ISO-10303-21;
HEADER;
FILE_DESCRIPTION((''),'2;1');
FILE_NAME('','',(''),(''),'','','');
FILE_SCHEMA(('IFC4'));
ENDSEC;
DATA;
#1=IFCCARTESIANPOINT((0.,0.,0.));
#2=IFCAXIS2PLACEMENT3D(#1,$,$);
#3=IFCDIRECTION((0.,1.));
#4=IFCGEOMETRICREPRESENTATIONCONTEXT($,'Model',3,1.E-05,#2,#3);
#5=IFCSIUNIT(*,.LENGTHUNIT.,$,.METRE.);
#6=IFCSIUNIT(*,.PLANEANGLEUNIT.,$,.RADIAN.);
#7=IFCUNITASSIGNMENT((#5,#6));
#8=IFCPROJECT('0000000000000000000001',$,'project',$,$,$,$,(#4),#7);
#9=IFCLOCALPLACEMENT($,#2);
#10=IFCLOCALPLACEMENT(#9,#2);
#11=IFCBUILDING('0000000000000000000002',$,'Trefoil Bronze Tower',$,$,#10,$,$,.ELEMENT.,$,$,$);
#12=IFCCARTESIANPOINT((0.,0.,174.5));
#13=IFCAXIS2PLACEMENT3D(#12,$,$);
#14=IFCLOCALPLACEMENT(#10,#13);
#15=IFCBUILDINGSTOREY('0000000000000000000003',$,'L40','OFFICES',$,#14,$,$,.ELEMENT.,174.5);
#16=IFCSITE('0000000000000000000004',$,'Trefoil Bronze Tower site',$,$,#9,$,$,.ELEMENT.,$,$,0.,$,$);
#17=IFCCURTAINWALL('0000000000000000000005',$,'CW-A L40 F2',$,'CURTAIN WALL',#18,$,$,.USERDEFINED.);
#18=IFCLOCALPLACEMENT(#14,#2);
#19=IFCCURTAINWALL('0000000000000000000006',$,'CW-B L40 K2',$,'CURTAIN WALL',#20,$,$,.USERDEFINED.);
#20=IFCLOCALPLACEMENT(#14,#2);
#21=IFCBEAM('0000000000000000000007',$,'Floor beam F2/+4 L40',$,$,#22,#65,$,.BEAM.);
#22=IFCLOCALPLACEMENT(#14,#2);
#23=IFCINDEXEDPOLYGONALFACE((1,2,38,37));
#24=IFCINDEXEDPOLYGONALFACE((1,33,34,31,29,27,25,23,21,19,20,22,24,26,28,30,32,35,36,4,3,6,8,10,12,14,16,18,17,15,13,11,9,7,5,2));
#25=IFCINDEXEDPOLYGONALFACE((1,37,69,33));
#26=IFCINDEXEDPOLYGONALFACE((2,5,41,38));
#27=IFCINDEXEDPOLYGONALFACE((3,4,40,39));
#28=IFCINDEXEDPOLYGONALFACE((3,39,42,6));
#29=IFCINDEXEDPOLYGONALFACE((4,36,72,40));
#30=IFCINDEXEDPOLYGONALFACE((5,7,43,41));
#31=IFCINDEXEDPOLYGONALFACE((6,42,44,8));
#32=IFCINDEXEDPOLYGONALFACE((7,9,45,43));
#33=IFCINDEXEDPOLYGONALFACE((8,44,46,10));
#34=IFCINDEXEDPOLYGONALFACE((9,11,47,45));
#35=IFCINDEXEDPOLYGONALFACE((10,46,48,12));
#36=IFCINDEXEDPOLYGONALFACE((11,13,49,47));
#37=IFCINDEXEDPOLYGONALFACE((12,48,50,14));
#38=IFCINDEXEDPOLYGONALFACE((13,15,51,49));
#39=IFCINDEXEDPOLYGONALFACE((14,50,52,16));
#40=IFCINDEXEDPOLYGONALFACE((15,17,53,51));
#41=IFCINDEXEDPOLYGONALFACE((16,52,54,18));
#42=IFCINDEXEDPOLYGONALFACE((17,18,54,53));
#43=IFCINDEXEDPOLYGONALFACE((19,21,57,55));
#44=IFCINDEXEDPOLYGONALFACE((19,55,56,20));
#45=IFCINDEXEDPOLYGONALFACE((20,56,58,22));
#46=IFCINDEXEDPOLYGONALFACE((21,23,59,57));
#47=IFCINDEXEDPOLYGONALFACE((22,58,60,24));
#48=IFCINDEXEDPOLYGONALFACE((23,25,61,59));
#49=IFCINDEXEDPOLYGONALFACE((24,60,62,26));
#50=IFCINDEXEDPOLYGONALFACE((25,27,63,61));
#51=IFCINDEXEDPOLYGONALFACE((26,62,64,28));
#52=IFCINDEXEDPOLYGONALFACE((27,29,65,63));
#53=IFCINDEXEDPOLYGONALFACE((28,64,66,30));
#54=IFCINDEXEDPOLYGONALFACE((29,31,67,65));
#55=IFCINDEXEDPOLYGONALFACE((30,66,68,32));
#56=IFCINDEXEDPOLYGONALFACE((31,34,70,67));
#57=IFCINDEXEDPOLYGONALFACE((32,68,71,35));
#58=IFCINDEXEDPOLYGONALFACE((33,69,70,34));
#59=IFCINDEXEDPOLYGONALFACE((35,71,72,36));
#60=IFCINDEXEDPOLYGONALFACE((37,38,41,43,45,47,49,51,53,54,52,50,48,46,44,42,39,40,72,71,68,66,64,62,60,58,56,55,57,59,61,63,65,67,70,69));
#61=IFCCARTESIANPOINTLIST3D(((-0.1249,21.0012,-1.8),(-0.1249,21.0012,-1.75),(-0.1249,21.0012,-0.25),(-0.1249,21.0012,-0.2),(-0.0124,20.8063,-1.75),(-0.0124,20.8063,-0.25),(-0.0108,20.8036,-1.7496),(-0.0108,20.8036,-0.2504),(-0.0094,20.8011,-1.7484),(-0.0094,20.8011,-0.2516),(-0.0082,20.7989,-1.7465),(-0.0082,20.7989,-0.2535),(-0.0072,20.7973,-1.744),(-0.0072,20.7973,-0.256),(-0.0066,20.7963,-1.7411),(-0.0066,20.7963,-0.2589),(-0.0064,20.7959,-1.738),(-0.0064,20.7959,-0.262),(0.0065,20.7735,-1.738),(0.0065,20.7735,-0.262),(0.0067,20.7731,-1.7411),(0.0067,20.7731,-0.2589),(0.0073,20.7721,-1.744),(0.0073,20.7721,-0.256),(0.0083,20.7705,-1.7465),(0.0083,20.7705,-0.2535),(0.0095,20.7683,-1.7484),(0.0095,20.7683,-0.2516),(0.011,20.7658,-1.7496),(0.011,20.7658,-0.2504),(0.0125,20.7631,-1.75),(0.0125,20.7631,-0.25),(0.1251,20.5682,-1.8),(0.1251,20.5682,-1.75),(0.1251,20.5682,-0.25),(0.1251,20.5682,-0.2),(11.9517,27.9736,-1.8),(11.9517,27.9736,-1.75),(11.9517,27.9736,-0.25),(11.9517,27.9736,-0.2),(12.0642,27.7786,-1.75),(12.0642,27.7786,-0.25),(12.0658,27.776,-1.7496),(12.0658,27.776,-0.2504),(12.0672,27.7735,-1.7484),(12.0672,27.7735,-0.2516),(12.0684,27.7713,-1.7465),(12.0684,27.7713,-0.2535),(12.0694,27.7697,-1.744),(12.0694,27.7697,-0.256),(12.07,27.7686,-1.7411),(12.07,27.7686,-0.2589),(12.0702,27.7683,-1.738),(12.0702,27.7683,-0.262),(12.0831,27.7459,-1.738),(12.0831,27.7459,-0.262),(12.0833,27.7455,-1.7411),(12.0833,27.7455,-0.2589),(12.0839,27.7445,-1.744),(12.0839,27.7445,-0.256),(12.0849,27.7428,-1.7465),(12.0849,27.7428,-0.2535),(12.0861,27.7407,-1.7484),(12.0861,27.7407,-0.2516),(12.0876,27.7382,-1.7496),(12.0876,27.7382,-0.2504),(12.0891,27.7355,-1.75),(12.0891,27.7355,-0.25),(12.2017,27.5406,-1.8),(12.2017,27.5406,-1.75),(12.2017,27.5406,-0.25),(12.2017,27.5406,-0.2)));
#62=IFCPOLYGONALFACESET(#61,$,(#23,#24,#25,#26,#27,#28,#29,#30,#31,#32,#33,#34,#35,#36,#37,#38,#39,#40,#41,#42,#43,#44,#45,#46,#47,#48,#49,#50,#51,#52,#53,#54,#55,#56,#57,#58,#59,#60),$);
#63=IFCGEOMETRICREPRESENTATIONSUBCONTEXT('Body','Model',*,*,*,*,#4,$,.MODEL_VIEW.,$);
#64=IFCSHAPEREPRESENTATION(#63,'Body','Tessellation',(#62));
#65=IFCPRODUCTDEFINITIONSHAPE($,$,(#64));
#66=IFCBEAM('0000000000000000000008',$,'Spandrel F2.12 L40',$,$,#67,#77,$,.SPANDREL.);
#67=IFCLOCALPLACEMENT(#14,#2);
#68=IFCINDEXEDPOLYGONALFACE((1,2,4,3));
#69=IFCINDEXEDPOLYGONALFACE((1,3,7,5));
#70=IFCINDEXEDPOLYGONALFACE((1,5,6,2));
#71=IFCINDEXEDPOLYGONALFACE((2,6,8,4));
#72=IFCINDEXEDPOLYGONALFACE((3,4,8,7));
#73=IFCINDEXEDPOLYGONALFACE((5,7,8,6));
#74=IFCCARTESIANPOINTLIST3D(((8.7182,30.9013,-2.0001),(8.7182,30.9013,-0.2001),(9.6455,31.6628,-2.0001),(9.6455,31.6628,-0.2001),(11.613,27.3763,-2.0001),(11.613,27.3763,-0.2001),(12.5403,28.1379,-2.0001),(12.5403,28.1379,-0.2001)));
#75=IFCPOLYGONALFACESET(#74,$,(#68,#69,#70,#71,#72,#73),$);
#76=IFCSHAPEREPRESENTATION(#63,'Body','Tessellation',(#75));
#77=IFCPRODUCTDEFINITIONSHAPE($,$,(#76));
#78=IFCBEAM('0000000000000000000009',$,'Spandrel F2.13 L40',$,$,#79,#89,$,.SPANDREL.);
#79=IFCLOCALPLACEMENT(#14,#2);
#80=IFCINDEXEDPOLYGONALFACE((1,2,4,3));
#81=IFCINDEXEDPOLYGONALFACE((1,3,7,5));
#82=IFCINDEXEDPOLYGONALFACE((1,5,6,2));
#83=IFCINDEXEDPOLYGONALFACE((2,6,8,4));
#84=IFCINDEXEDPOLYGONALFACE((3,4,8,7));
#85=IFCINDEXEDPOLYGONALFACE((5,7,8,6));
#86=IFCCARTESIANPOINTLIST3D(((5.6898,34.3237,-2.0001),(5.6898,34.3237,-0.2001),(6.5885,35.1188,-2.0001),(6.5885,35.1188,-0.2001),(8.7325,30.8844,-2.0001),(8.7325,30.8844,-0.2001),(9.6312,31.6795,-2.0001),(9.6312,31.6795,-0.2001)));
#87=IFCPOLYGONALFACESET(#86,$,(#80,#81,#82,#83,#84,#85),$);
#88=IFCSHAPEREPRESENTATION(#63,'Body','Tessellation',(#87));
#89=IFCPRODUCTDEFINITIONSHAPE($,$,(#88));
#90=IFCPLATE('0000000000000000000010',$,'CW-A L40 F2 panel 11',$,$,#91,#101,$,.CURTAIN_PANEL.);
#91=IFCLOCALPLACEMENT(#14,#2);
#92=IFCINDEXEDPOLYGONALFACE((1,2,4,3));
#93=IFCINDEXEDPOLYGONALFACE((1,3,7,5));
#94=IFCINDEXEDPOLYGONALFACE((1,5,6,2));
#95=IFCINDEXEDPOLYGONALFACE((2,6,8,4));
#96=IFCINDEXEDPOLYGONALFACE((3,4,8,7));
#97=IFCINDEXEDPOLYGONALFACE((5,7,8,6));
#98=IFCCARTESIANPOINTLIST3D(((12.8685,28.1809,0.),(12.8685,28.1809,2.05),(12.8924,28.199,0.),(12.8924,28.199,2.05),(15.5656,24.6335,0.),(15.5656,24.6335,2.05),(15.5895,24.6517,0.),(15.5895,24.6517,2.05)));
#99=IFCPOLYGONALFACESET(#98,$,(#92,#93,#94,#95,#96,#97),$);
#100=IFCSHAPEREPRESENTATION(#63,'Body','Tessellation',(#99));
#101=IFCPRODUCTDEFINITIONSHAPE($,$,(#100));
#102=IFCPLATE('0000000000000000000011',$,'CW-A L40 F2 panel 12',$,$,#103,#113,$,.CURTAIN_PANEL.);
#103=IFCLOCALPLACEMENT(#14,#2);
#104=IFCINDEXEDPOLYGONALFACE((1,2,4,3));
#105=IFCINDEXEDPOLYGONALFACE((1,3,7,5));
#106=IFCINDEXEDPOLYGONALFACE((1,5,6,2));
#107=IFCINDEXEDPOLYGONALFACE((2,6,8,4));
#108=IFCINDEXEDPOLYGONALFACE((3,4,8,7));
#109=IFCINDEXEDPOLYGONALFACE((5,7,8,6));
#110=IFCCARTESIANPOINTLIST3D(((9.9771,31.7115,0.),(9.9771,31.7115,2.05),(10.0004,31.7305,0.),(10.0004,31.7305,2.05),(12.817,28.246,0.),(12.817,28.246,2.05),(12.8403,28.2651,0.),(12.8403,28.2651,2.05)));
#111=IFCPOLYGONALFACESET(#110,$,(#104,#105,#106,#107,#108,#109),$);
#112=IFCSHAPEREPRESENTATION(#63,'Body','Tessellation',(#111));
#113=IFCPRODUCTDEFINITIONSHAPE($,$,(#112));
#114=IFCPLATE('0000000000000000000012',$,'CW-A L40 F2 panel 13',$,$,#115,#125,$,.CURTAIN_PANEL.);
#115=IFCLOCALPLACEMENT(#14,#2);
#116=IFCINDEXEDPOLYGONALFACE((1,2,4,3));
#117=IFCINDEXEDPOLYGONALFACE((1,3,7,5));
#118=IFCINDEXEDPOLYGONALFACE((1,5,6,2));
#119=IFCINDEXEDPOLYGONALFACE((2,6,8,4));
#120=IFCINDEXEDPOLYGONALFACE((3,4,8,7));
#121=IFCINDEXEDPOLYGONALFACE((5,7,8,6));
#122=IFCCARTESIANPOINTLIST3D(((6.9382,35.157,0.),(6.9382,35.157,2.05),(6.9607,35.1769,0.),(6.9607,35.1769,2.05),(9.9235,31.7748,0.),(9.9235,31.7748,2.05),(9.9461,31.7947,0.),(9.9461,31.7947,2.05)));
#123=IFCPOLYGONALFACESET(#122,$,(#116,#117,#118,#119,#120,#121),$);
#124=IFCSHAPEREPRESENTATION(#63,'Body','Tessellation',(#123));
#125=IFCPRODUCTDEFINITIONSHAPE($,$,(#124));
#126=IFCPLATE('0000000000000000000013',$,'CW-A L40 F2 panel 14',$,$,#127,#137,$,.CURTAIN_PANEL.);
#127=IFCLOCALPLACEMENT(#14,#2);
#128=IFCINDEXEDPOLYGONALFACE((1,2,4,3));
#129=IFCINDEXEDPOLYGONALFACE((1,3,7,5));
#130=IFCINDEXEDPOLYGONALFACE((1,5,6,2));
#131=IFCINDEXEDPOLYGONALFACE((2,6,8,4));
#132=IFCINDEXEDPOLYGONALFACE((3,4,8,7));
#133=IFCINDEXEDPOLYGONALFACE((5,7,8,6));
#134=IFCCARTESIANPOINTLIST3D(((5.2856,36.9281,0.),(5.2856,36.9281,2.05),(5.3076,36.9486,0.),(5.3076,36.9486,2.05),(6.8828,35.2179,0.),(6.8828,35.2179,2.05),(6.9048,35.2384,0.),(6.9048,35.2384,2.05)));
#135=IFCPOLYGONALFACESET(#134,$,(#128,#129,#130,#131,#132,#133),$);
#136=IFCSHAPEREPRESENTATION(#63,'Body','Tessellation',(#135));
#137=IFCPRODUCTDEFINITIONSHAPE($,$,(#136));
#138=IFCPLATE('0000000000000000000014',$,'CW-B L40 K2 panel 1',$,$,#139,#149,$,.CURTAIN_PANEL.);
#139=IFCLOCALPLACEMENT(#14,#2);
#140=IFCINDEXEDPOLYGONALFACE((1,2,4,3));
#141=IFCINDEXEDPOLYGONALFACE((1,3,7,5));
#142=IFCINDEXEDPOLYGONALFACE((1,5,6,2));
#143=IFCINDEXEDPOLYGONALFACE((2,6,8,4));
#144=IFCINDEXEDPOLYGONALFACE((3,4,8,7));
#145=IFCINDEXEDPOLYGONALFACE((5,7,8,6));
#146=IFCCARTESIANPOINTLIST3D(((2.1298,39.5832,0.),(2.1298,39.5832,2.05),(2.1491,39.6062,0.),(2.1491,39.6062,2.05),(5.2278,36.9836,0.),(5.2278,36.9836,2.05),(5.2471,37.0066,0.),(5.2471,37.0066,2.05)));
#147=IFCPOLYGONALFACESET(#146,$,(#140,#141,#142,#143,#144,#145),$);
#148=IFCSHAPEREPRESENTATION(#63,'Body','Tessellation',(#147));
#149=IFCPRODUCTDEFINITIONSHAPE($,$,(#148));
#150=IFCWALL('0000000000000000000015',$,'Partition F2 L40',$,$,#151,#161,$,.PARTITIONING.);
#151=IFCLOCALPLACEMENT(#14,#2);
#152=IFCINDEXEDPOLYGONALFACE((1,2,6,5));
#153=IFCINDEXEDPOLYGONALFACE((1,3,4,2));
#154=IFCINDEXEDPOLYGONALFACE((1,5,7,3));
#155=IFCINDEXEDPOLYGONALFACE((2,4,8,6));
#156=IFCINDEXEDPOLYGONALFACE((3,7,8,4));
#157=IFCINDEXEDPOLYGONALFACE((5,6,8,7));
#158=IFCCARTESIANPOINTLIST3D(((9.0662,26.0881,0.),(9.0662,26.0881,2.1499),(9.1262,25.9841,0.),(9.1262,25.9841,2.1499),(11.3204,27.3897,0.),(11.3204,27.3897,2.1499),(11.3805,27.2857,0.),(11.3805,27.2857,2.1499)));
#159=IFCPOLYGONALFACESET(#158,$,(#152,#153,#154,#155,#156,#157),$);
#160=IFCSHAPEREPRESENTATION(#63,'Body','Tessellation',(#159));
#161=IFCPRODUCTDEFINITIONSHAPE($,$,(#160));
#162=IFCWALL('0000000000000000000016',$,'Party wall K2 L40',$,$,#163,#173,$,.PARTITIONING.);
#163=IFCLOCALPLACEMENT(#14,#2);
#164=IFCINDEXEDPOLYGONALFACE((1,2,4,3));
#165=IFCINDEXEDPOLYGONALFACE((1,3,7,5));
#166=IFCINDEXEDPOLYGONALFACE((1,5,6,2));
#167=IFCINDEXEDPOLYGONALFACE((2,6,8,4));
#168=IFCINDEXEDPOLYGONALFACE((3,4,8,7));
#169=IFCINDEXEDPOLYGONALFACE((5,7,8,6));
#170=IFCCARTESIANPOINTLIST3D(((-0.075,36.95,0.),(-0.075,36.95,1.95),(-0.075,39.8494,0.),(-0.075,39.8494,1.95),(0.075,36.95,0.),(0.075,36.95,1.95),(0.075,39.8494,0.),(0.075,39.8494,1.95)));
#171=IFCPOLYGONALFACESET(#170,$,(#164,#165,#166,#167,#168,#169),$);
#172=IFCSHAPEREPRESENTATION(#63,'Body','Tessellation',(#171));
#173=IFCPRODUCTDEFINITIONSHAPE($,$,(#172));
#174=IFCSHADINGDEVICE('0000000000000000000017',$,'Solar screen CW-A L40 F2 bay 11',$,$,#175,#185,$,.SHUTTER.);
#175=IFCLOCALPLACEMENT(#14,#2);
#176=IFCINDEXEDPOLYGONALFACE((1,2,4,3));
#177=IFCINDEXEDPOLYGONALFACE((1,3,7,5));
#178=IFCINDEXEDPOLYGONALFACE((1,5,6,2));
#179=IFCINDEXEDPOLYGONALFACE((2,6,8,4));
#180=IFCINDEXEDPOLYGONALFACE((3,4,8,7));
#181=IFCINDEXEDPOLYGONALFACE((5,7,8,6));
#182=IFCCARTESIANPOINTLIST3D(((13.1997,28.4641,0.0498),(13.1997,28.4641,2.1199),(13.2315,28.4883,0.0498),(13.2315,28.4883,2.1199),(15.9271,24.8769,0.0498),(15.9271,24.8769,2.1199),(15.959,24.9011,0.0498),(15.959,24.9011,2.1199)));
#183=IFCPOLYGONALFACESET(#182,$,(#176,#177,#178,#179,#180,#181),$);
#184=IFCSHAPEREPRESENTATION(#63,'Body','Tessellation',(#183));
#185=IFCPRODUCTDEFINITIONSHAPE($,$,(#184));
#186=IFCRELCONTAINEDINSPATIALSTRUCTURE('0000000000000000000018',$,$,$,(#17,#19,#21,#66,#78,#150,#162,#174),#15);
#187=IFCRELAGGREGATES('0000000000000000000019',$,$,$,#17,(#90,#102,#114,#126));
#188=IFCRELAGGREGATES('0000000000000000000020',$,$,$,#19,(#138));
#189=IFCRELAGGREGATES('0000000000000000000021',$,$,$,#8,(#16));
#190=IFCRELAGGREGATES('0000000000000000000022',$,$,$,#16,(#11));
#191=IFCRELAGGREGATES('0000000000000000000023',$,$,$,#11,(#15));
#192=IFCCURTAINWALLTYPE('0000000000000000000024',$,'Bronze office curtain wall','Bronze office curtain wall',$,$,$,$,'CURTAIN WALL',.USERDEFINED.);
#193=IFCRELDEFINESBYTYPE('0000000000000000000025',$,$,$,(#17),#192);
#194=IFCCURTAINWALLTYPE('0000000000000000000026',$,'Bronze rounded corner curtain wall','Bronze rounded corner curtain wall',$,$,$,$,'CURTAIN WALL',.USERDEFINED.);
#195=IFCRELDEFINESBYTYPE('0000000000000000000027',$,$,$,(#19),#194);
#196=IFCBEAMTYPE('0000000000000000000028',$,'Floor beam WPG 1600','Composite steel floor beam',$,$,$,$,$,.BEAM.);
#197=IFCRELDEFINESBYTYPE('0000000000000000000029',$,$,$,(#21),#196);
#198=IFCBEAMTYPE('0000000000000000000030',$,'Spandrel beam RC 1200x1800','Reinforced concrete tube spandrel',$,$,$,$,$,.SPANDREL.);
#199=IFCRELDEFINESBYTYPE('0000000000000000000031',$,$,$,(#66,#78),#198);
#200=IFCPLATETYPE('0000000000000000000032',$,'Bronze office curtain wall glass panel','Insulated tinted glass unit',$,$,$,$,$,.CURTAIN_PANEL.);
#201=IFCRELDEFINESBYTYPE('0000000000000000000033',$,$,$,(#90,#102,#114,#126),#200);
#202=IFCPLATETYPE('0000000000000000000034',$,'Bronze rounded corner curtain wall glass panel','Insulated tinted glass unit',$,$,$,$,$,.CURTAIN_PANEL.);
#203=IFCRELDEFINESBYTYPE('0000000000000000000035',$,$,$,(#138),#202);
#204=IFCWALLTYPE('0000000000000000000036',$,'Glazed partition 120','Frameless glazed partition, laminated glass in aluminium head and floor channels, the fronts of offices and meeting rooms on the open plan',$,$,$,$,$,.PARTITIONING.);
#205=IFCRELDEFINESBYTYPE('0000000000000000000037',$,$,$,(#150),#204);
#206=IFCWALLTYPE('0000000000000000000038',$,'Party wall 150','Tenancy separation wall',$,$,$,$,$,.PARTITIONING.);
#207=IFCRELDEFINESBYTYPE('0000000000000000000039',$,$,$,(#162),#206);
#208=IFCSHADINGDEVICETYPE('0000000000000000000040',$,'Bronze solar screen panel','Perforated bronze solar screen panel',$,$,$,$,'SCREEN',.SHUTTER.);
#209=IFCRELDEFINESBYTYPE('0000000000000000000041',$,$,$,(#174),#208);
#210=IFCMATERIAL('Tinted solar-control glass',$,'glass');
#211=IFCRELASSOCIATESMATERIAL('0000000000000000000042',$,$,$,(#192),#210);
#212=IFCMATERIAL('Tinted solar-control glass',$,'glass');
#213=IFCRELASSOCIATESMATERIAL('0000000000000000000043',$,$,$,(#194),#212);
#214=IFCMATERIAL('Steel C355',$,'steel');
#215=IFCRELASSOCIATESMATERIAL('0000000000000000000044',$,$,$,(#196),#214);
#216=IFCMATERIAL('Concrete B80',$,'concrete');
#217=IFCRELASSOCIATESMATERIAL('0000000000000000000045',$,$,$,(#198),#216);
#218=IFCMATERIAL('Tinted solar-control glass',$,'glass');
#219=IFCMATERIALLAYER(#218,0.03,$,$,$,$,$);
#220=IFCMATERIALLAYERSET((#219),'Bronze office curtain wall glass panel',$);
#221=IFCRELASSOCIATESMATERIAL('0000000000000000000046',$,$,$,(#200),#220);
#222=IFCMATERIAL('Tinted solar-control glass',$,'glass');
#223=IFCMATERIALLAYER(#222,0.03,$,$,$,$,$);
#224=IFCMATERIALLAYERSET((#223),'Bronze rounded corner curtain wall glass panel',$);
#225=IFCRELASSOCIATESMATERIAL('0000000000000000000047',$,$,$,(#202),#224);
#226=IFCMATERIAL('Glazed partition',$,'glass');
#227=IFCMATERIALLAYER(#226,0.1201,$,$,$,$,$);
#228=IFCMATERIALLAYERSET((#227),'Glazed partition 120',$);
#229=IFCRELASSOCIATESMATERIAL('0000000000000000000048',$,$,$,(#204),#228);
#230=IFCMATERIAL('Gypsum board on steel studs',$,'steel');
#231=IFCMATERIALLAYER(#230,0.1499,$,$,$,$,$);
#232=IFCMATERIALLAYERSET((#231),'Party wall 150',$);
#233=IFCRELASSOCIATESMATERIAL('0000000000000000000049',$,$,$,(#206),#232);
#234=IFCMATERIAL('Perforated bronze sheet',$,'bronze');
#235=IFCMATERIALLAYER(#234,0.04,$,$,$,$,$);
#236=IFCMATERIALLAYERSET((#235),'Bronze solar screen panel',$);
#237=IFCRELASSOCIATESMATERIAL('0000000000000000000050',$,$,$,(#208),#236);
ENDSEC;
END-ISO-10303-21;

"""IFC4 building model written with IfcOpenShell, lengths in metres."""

from ifc_helpers import new_model, si_unit, direction, frame, frame_2d, origin, origin_2d, place, context, subcontext, project, spatial, rectangle, i_section, extrude, material, layer, layer_set, material_profile, profile_set, type_object, element, aggregate, save


model = new_model("IFC4")

# Units and contexts
model_context = context("Model", 3, precision=1e-05, world=origin(), true_north=direction((0.0, 1.0)))
body_context = subcontext(model_context, "Body", "Model", "MODEL_VIEW")
ifc_project = project(units=[si_unit("LENGTHUNIT", "METRE"), si_unit("PLANEANGLEUNIT", "RADIAN")], contexts=[model_context])

# Site, building, storey
site_placement = place(None, origin())
site = spatial("IfcSite", under=ifc_project, at=site_placement, Name="Trefoil Bronze Tower site", CompositionType="ELEMENT", RefElevation=0.0)
building_placement = place(site_placement, origin())
building = spatial("IfcBuilding", under=site, at=building_placement, Name="Trefoil Bronze Tower", CompositionType="ELEMENT")
storey_placement = place(building_placement, frame((0.0, 0.0, 174.5)))
storey = spatial("IfcBuildingStorey", under=building, at=storey_placement, Name="L40", Description="OFFICES", CompositionType="ELEMENT", Elevation=174.5)

# Curtain walls
ifc_material_1 = material(Name="Tinted solar-control glass", Category="glass")
curtain_wall_type_1 = type_object("IfcCurtainWallType", Name="Bronze office curtain wall", Description="Bronze office curtain wall", ElementType="CURTAIN WALL", PredefinedType="USERDEFINED", material=ifc_material_1)
curtain_wall_1_placement = place(storey_placement, origin())
curtain_wall_1 = element("IfcCurtainWall", 1, at=curtain_wall_1_placement, inside=storey, type_object=curtain_wall_type_1, Name="CW-A L40 F2", ObjectType="CURTAIN WALL", PredefinedType="USERDEFINED")
ifc_material_2 = material(Name="Tinted solar-control glass", Category="glass")
curtain_wall_type_2 = type_object("IfcCurtainWallType", Name="Bronze rounded corner curtain wall", Description="Bronze rounded corner curtain wall", ElementType="CURTAIN WALL", PredefinedType="USERDEFINED", material=ifc_material_2)
curtain_wall_2_placement = place(storey_placement, origin())
curtain_wall_2 = element("IfcCurtainWall", 2, at=curtain_wall_2_placement, inside=storey, type_object=curtain_wall_type_2, Name="CW-B L40 K2", ObjectType="CURTAIN WALL", PredefinedType="USERDEFINED")

# Beams
ifc_material_3 = material(Name="Steel C355", Category="steel")
ifc_material_profile_1 = material_profile(ifc_material_3, i_section(OverallWidth=0.5, OverallDepth=1.6001, WebThickness=0.0259, FlangeThickness=0.05, FilletRadius=0.012, at=origin_2d()), Name="WPG 1600")
ifc_profile_set_1 = profile_set([ifc_material_profile_1], Name="Steel C355")
beam_type_1 = type_object("IfcBeamType", Name="Floor beam WPG 1600", Description="Composite steel floor beam", PredefinedType="BEAM", material=ifc_profile_set_1)
beam_1_placement = place(storey_placement, frame((12.0767, 27.7571, -1.0), z_axis=(-0.866027, -0.499997, 0.0), x_axis=(0.499997, -0.866027, 0.0)))
element("IfcBeam", 3, at=beam_1_placement, inside=storey, type_object=beam_type_1, Name="Floor beam F2/+4 L40", PredefinedType="BEAM", context=body_context, shape_type="SweptSolid", body=[
    extrude(i_section(OverallWidth=0.5, OverallDepth=1.6001, WebThickness=0.0259, FlangeThickness=0.05, FilletRadius=0.012, at=origin_2d()), origin(), (0.0, 0.0, 1.0), 13.9448),
])
ifc_material_4 = material(Name="Concrete B80", Category="concrete")
ifc_material_profile_2 = material_profile(ifc_material_4, rectangle(XDim=1.2, YDim=1.8, at=origin_2d()), Name="RC 1200x1800")
ifc_profile_set_2 = profile_set([ifc_material_profile_2], Name="Concrete B80")
beam_type_2 = type_object("IfcBeamType", Name="Spandrel beam RC 1200x1800", Description="Reinforced concrete tube spandrel", PredefinedType="SPANDREL", material=ifc_profile_set_2)
beam_2_placement = place(storey_placement, frame((12.0767, 27.7571, -1.1001), z_axis=(-0.63465, 0.772799, 0.0), x_axis=(-0.772799, -0.63465, 0.0)))
element("IfcBeam", 4, at=beam_2_placement, inside=storey, type_object=beam_type_2, Name="Spandrel F2.12 L40", PredefinedType="SPANDREL", context=body_context, shape_type="SweptSolid", body=[
    extrude(rectangle(XDim=1.2, YDim=1.8, at=origin_2d()), origin(), (0.0, 0.0, 1.0), 4.5613),
])
beam_3_placement = place(storey_placement, frame((9.1819, 31.282, -1.1001), z_axis=(-0.662616, 0.748959, 0.0), x_axis=(-0.748959, -0.662616, 0.0)))
element("IfcBeam", 5, at=beam_3_placement, inside=storey, type_object=beam_type_2, Name="Spandrel F2.13 L40", PredefinedType="SPANDREL", context=body_context, shape_type="SweptSolid", body=[
    extrude(rectangle(XDim=1.2, YDim=1.8, at=origin_2d()), origin(), (0.0, 0.0, 1.0), 4.592),
])

# Plates
ifc_material_5 = material(Name="Tinted solar-control glass", Category="glass")
ifc_layer_1 = layer(ifc_material_5, 0.03)
ifc_layer_set_1 = layer_set([ifc_layer_1], Name="Bronze office curtain wall glass panel")
plate_type_1 = type_object("IfcPlateType", Name="Bronze office curtain wall glass panel", Description="Insulated tinted glass unit", PredefinedType="CURTAIN_PANEL", material=ifc_layer_set_1)
plate_1_placement = place(storey_placement, frame((14.229, 26.4163, 0.0), z_axis=(0.0, 0.0, 1.0), x_axis=(-0.605252, 0.796034, 0.0)))
plate_1 = element("IfcPlate", 6, at=plate_1_placement, type_object=plate_type_1, Name="CW-A L40 F2 panel 11", PredefinedType="CURTAIN_PANEL", context=body_context, shape_type="SweptSolid", body=[
    extrude(rectangle(XDim=4.4563, YDim=0.03, at=origin_2d()), origin(), (0.0, 0.0, 1.0), 2.05),
])
plate_2_placement = place(storey_placement, frame((11.4087, 29.9883, 0.0), z_axis=(0.0, 0.0, 1.0), x_axis=(-0.63384, 0.773464, 0.0)))
plate_2 = element("IfcPlate", 7, at=plate_2_placement, type_object=plate_type_1, Name="CW-A L40 F2 panel 12", PredefinedType="CURTAIN_PANEL", context=body_context, shape_type="SweptSolid", body=[
    extrude(rectangle(XDim=4.4805, YDim=0.03, at=origin_2d()), origin(), (0.0, 0.0, 1.0), 2.05),
])
plate_3_placement = place(storey_placement, frame((8.4421, 33.4758, 0.0), z_axis=(0.0, 0.0, 1.0), x_axis=(-0.661751, 0.749723, 0.0)))
plate_3 = element("IfcPlate", 8, at=plate_3_placement, type_object=plate_type_1, Name="CW-A L40 F2 panel 13", PredefinedType="CURTAIN_PANEL", context=body_context, shape_type="SweptSolid", body=[
    extrude(rectangle(XDim=4.5112, YDim=0.03, at=origin_2d()), origin(), (0.0, 0.0, 1.0), 2.05),
])
plate_4_placement = place(storey_placement, frame((6.0952, 36.0833, 0.0), z_axis=(0.0, 0.0, 1.0), x_axis=(-0.682536, 0.730852, 0.0)))
plate_4 = element("IfcPlate", 9, at=plate_4_placement, type_object=plate_type_1, Name="CW-A L40 F2 panel 14", PredefinedType="CURTAIN_PANEL", context=body_context, shape_type="SweptSolid", body=[
    extrude(rectangle(XDim=2.3401, YDim=0.03, at=origin_2d()), origin(), (0.0, 0.0, 1.0), 2.05),
])
aggregate(curtain_wall_1, [plate_1, plate_2, plate_3, plate_4])
ifc_material_6 = material(Name="Tinted solar-control glass", Category="glass")
ifc_layer_2 = layer(ifc_material_6, 0.03)
ifc_layer_set_2 = layer_set([ifc_layer_2], Name="Bronze rounded corner curtain wall glass panel")
plate_type_2 = type_object("IfcPlateType", Name="Bronze rounded corner curtain wall glass panel", Description="Insulated tinted glass unit", PredefinedType="CURTAIN_PANEL", material=ifc_layer_set_2)
plate_5_placement = place(storey_placement, frame((3.6885, 38.2949, 0.0), z_axis=(0.0, 0.0, 1.0), x_axis=(-0.766044, 0.642788, 0.0)))
plate_5 = element("IfcPlate", 10, at=plate_5_placement, type_object=plate_type_2, Name="CW-B L40 K2 panel 1", PredefinedType="CURTAIN_PANEL", context=body_context, shape_type="SweptSolid", body=[
    extrude(rectangle(XDim=4.0442, YDim=0.03, at=origin_2d()), origin(), (0.0, 0.0, 1.0), 2.05),
])
aggregate(curtain_wall_2, [plate_5])

# Walls
ifc_material_7 = material(Name="Glazed partition", Category="glass")
ifc_layer_3 = layer(ifc_material_7, 0.1201)
ifc_layer_set_3 = layer_set([ifc_layer_3], Name="Glazed partition 120")
wall_type_1 = type_object("IfcWallType", Name="Glazed partition 120", Description="Frameless glazed partition, laminated glass in aluminium head and floor channels, the fronts of offices and meeting rooms on the open plan", PredefinedType="PARTITIONING", material=ifc_layer_set_3)
wall_1_placement = place(storey_placement, frame((9.0962, 26.0361, 0.0), z_axis=(0.0, 0.0, 1.0), x_axis=(0.866012, 0.500023, 0.0)))
element("IfcWall", 11, at=wall_1_placement, inside=storey, type_object=wall_type_1, Name="Partition F2 L40", PredefinedType="PARTITIONING", context=body_context, shape_type="SweptSolid", body=[
    extrude(rectangle(XDim=2.603, YDim=0.1201, at=frame_2d((1.3015, 0.0))), origin(), (0.0, 0.0, 1.0), 2.1499),
])
ifc_material_8 = material(Name="Gypsum board on steel studs", Category="steel")
ifc_layer_4 = layer(ifc_material_8, 0.1499)
ifc_layer_set_4 = layer_set([ifc_layer_4], Name="Party wall 150")
wall_type_2 = type_object("IfcWallType", Name="Party wall 150", Description="Tenancy separation wall", PredefinedType="PARTITIONING", material=ifc_layer_set_4)
wall_2_placement = place(storey_placement, frame((0.0, 36.95, 0.0), z_axis=(0.0, 0.0, 1.0), x_axis=(0.0, 1.0, 0.0)))
element("IfcWall", 12, at=wall_2_placement, inside=storey, type_object=wall_type_2, Name="Party wall K2 L40", PredefinedType="PARTITIONING", context=body_context, shape_type="SweptSolid", body=[
    extrude(rectangle(XDim=2.8994, YDim=0.1499, at=frame_2d((1.4497, 0.0))), origin(), (0.0, 0.0, 1.0), 1.95),
])

# Shading device
ifc_material_9 = material(Name="Perforated bronze sheet", Category="bronze")
ifc_layer_5 = layer(ifc_material_9, 0.04)
ifc_layer_set_5 = layer_set([ifc_layer_5], Name="Bronze solar screen panel")
shading_device_type = type_object("IfcShadingDeviceType", Name="Bronze solar screen panel", Description="Perforated bronze solar screen panel", ElementType="SCREEN", PredefinedType="SHUTTER", material=ifc_layer_set_5)
shading_device_1_placement = place(storey_placement, frame((14.5793, 26.6826, 0.0498), z_axis=(0.0, 0.0, 1.0), x_axis=(-0.605252, 0.796034, 0.0)))
element("IfcShadingDevice", 13, at=shading_device_1_placement, inside=storey, type_object=shading_device_type, Name="Solar screen CW-A L40 F2 bay 11", PredefinedType="SHUTTER", context=body_context, shape_type="SweptSolid", body=[
    extrude(rectangle(XDim=4.5063, YDim=0.04, at=origin_2d()), origin(), (0.0, 0.0, 1.0), 2.0701),
])

save(model, "model.ifc")
